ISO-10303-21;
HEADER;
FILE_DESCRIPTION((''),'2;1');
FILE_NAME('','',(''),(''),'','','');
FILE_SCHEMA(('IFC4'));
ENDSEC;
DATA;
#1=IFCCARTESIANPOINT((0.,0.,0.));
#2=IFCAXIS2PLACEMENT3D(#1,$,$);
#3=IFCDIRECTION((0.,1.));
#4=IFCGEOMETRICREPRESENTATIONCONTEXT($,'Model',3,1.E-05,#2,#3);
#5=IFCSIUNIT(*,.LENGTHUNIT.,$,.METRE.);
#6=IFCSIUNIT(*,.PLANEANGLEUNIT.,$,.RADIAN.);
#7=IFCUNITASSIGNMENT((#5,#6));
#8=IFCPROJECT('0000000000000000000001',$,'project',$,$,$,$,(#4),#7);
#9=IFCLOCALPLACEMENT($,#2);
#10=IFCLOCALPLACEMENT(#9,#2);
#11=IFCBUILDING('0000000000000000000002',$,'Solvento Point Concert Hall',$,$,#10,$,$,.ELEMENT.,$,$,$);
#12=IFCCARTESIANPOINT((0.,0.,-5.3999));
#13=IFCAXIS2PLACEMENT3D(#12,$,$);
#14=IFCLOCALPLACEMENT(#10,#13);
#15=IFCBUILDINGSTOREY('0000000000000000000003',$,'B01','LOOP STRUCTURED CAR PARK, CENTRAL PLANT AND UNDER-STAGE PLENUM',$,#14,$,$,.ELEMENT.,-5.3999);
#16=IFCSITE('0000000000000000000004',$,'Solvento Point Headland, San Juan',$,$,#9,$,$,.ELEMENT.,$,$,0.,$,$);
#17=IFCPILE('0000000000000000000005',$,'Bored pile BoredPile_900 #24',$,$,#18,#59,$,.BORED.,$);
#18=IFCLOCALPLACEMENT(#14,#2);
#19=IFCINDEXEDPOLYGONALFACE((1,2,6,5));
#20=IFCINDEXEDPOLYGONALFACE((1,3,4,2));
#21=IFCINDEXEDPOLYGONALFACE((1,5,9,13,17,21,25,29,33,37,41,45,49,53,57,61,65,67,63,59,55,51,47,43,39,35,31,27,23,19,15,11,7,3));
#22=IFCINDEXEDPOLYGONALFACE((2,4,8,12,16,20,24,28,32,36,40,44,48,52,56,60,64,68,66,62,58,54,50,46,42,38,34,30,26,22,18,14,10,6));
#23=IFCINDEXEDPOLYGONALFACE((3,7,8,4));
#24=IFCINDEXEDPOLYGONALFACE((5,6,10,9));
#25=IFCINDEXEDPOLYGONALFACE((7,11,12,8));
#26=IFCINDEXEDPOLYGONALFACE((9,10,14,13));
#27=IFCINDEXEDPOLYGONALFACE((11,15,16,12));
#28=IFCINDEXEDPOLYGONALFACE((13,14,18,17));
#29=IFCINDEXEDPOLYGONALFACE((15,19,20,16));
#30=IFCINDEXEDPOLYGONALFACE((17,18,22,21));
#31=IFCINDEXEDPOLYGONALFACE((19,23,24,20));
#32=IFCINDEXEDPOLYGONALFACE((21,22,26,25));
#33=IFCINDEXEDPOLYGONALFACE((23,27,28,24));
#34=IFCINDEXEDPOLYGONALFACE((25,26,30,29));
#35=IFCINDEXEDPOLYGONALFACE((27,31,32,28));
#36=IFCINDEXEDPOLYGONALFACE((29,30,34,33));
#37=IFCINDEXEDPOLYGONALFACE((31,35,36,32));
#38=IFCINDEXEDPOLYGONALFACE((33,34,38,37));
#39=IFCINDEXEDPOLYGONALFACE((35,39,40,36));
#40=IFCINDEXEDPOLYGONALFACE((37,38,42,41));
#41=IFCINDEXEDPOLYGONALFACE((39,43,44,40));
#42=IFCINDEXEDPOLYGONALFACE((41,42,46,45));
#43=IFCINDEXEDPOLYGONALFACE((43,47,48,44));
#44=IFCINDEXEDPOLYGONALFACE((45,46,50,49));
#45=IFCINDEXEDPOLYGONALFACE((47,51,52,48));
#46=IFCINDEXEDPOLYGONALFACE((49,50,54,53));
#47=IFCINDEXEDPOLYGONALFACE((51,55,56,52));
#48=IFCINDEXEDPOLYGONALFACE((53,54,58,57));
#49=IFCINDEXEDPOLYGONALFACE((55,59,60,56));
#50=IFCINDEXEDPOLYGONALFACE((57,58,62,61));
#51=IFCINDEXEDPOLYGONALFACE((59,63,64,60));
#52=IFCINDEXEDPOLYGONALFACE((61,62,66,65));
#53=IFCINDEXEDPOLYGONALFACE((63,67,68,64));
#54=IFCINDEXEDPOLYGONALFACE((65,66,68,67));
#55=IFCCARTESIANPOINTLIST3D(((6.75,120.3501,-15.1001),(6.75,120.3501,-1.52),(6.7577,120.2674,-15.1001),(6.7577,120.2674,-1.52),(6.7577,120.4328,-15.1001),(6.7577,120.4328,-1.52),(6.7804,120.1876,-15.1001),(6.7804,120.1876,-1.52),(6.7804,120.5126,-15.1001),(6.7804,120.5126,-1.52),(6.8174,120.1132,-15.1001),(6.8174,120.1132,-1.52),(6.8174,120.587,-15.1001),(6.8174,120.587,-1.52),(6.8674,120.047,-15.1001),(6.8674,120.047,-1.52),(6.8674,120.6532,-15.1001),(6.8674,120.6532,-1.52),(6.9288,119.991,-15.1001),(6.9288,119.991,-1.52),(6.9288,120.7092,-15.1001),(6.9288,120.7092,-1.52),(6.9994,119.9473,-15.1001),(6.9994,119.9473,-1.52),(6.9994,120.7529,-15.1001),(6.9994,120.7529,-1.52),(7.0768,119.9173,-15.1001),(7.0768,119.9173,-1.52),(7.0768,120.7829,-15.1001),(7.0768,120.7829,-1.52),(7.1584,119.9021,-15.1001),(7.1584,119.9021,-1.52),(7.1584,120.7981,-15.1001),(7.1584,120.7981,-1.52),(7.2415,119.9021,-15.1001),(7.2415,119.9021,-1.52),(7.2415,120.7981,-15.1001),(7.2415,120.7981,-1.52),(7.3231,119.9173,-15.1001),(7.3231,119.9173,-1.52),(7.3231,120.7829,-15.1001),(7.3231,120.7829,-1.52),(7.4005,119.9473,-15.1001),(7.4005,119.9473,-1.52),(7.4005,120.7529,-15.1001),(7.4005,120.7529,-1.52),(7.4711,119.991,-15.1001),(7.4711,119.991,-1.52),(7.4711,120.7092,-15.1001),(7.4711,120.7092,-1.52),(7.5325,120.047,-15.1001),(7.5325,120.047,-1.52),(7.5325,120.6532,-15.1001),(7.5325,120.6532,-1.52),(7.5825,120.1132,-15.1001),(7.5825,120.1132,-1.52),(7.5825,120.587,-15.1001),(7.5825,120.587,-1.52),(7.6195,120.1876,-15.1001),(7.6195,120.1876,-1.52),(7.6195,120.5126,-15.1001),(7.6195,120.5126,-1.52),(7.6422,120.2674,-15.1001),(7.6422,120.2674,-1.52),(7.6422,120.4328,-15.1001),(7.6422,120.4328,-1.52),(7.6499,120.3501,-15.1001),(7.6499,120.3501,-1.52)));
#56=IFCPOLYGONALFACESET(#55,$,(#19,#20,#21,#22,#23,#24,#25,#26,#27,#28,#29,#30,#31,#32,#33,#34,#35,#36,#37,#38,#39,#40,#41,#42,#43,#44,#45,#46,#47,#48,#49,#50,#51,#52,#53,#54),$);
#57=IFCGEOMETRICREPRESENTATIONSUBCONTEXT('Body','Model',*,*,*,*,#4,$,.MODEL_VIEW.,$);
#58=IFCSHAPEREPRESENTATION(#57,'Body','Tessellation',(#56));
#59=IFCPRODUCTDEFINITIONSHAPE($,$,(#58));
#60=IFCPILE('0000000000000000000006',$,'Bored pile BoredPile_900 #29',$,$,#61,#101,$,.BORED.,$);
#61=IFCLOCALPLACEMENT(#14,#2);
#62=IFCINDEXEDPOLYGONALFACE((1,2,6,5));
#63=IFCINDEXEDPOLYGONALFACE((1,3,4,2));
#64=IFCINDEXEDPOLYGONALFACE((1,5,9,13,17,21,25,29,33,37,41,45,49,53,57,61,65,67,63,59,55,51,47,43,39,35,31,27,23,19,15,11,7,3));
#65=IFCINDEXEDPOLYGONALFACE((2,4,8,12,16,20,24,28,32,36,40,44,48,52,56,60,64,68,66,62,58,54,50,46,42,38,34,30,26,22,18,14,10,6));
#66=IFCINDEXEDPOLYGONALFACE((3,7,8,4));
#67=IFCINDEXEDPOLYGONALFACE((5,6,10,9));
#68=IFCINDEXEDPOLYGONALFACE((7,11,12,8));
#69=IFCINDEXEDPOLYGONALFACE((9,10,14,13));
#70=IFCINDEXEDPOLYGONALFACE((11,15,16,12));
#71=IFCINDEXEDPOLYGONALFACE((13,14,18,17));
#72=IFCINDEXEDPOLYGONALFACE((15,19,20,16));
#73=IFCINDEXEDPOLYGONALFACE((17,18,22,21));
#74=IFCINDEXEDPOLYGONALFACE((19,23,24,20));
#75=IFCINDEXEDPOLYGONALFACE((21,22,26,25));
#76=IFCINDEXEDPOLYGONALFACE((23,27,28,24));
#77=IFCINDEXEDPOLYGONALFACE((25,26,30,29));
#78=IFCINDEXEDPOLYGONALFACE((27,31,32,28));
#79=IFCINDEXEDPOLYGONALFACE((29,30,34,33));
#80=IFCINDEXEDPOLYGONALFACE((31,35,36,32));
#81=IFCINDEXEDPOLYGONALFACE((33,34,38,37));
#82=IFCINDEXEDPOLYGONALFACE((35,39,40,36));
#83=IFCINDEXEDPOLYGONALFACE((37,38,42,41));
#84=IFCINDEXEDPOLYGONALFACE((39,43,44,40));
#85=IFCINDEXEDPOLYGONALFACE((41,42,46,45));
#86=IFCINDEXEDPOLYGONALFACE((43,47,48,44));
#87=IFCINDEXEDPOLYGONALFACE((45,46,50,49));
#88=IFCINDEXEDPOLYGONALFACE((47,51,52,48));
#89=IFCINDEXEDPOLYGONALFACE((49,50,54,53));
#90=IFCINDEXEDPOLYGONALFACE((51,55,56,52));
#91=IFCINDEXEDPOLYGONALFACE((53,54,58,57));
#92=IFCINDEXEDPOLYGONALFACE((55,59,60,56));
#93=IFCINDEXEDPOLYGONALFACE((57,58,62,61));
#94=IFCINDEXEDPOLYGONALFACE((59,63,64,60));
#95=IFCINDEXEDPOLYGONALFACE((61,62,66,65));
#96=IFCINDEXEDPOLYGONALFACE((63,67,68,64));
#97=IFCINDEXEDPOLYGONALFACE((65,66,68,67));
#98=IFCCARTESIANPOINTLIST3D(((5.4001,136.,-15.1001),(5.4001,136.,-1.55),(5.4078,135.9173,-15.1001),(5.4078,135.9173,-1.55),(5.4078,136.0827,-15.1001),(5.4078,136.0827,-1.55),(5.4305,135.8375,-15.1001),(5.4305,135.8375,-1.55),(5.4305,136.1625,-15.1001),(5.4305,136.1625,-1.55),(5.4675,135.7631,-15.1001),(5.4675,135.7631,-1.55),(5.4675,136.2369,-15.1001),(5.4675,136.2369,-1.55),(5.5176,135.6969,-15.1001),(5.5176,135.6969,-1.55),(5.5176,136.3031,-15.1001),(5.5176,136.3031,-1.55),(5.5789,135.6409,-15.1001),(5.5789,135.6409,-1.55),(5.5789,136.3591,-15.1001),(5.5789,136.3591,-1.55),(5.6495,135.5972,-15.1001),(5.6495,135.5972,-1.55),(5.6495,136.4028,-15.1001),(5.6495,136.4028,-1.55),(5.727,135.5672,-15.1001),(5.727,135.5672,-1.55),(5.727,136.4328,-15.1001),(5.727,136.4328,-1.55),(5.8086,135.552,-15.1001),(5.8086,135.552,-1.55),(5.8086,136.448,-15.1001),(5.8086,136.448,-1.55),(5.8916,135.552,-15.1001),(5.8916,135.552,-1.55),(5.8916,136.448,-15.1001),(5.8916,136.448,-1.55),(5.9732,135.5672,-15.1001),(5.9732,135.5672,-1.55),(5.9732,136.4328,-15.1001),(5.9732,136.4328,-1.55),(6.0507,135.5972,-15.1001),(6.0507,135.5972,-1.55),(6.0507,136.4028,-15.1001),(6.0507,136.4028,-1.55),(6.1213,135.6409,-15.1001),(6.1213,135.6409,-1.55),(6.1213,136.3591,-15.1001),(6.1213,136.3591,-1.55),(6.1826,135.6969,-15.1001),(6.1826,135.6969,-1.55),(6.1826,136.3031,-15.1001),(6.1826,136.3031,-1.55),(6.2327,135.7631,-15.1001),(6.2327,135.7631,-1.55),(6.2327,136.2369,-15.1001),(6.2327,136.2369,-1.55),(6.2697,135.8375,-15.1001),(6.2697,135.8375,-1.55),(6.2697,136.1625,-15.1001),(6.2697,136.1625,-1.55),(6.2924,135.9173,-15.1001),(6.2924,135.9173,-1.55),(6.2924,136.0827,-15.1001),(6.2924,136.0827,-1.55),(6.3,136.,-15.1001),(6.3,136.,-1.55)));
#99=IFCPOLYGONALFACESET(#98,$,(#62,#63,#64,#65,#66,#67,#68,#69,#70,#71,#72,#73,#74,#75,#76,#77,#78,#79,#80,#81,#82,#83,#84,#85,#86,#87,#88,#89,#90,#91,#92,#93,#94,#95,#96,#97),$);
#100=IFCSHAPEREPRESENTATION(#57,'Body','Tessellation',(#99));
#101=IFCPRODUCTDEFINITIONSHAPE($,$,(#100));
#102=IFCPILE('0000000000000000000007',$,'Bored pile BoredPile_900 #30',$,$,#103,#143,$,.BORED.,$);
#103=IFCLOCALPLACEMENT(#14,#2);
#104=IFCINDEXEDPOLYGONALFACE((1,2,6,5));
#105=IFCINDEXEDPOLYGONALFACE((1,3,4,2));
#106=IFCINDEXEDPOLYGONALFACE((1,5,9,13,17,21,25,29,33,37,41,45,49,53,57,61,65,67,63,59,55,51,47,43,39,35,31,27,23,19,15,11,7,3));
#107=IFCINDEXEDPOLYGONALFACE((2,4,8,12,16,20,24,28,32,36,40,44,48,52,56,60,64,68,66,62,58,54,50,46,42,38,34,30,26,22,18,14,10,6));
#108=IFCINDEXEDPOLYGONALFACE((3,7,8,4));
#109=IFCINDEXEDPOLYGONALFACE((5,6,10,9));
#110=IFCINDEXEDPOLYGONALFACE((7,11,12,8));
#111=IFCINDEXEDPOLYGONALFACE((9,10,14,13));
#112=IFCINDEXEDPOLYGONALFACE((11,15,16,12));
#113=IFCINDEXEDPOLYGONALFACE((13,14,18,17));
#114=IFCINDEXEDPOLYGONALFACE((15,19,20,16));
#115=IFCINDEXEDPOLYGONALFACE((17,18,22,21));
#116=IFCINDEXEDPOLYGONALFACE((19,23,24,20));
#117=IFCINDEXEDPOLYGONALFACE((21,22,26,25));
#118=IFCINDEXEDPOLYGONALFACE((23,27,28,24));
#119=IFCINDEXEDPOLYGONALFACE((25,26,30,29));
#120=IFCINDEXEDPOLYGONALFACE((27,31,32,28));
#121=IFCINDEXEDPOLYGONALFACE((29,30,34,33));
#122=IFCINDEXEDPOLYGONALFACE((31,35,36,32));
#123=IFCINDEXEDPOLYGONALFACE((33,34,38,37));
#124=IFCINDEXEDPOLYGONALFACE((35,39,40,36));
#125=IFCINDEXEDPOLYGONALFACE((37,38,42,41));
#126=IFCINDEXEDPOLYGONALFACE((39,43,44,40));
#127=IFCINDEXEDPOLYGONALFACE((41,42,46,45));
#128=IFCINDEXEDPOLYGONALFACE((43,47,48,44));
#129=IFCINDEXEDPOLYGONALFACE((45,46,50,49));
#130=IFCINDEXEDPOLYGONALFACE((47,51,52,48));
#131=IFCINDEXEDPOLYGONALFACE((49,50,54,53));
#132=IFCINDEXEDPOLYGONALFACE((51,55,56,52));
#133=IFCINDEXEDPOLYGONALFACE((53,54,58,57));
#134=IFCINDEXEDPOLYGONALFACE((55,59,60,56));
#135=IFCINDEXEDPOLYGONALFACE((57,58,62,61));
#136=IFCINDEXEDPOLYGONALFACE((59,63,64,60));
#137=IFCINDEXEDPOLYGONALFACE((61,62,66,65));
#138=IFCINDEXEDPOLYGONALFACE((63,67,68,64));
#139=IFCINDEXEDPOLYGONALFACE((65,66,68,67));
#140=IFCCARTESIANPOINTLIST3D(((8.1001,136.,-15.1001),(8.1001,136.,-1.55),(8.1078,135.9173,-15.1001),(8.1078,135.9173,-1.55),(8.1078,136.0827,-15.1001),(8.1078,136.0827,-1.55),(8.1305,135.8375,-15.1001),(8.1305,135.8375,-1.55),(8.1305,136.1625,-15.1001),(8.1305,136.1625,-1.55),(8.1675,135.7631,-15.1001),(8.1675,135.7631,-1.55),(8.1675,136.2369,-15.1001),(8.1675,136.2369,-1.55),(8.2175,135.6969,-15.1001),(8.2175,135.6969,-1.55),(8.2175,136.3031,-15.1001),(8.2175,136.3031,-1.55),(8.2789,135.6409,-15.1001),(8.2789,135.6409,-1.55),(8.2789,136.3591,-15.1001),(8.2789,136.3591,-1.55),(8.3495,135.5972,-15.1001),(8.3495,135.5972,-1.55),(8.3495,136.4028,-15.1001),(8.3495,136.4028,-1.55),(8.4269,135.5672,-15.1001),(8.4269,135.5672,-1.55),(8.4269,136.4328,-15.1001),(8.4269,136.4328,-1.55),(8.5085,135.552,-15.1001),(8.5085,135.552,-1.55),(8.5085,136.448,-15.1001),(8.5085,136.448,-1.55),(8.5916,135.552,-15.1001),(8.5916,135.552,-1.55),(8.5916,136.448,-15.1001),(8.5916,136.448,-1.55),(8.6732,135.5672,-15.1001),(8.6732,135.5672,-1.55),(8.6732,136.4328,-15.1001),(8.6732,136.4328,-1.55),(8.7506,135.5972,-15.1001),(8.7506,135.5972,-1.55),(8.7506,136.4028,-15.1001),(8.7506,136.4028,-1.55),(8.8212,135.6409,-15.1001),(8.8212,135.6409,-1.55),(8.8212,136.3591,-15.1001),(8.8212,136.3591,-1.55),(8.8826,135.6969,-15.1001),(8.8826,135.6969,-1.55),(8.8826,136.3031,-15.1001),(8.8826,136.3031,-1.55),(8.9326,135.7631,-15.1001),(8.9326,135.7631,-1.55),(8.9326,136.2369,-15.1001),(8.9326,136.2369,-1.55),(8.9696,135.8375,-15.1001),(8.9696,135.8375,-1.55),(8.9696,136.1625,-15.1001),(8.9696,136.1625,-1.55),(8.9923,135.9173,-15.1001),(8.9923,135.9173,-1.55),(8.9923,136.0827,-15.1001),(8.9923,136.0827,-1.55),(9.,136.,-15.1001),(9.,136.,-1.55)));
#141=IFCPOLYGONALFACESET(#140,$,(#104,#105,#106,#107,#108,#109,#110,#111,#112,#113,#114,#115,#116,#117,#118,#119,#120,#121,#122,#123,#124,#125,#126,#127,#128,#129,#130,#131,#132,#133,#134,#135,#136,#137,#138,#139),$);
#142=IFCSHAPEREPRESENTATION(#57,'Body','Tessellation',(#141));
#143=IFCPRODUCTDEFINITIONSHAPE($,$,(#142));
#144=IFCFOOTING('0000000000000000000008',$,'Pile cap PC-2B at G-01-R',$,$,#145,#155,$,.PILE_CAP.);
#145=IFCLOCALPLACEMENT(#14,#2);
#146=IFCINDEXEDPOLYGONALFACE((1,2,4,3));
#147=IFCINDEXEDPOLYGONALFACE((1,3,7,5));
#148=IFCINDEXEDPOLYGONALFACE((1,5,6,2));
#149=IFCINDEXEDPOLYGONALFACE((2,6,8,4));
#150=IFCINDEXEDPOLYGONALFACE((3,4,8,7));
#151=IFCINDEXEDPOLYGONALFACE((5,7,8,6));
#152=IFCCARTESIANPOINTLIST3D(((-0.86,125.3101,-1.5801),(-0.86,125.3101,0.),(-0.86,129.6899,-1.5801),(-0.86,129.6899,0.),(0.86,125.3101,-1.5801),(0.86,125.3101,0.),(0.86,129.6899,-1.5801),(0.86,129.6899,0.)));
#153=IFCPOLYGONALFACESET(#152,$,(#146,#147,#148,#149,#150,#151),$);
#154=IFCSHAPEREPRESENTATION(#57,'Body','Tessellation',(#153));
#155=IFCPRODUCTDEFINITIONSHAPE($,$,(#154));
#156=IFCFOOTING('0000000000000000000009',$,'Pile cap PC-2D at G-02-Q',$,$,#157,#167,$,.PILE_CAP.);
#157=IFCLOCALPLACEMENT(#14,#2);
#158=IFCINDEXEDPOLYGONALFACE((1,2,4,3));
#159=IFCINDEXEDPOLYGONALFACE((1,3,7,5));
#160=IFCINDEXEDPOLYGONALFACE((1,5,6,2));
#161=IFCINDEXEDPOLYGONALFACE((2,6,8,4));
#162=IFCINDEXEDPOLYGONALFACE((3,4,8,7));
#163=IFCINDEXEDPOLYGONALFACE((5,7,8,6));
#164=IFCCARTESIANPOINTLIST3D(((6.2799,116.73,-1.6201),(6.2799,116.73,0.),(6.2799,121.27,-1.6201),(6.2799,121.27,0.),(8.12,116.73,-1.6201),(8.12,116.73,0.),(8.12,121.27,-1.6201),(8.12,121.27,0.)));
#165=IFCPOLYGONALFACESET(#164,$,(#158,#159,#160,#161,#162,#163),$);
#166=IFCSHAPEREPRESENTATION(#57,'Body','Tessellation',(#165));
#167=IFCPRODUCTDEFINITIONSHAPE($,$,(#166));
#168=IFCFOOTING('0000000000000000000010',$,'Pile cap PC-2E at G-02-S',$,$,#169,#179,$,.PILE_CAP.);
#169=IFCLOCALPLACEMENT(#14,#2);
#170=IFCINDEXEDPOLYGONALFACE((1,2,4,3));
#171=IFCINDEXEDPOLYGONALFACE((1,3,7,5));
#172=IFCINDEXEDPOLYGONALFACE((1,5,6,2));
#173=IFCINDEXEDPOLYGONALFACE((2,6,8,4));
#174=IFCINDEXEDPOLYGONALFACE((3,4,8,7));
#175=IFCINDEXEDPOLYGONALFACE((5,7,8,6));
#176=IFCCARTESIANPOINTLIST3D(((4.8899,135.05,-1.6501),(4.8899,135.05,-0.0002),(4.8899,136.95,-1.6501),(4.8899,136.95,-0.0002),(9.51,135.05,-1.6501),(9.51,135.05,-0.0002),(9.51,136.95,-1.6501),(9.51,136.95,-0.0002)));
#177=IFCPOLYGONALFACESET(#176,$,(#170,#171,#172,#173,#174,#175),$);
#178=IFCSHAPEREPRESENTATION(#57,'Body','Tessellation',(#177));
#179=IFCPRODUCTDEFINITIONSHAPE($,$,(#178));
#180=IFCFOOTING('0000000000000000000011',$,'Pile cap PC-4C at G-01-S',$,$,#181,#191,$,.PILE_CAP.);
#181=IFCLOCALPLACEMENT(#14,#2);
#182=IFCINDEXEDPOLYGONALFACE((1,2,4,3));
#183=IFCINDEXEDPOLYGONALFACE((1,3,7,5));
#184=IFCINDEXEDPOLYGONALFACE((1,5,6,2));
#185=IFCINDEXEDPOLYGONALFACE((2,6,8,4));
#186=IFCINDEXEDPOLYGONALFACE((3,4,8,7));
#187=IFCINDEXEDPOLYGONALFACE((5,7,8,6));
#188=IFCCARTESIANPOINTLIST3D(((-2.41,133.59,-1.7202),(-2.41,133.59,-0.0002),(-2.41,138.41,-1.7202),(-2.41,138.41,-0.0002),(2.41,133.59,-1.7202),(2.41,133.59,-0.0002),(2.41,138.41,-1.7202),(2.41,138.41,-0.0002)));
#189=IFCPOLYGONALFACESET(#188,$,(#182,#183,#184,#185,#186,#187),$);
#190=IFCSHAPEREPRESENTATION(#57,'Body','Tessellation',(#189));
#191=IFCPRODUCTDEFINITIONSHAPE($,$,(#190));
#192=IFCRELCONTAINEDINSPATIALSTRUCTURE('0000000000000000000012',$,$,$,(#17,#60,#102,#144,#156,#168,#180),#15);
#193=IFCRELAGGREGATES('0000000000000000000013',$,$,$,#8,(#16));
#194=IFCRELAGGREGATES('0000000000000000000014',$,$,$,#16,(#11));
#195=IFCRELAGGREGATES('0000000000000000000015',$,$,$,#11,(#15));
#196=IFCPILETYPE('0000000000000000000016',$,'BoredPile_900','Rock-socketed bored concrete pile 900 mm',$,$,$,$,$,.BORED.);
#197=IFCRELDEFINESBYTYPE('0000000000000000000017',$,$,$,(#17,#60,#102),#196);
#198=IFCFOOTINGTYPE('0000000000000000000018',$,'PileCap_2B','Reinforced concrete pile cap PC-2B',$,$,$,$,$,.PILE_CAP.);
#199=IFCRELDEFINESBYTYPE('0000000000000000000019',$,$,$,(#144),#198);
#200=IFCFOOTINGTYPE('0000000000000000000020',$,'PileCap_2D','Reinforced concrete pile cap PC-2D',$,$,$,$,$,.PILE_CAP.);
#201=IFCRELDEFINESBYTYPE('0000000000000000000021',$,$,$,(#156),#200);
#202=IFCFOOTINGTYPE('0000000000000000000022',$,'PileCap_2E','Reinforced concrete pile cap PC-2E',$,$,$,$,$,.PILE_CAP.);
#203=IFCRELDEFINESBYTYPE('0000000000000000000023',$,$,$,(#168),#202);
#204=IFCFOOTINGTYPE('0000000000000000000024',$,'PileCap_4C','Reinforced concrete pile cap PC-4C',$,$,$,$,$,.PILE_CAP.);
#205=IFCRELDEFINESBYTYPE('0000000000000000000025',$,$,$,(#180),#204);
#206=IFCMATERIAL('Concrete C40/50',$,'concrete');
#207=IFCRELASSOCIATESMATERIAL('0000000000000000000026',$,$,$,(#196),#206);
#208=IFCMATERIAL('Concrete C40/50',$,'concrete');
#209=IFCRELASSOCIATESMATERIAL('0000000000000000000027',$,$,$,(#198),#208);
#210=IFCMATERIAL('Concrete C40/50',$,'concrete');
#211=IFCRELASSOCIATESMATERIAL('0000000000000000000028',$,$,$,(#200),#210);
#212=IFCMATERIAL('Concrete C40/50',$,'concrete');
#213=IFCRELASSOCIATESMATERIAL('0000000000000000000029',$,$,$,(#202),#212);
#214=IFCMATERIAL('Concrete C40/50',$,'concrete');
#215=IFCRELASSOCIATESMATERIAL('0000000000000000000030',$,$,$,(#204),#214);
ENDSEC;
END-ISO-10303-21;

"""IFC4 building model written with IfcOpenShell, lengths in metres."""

from ifc_helpers import new_model, si_unit, direction, frame, origin, origin_2d, place, context, subcontext, project, spatial, rectangle, circle, extrude, material, material_profile, profile_set, type_object, element, save


model = new_model("IFC4")

# Units and contexts
model_context = context("Model", 3, precision=1e-05, world=origin(), true_north=direction((0.0, 1.0)))
body_context = subcontext(model_context, "Body", "Model", "MODEL_VIEW")
ifc_project = project(units=[si_unit("LENGTHUNIT", "METRE"), si_unit("PLANEANGLEUNIT", "RADIAN")], contexts=[model_context])

# Site, building, storey
site_placement = place(None, origin())
site = spatial("IfcSite", under=ifc_project, at=site_placement, Name="Solvento Point Headland, San Juan", CompositionType="ELEMENT", RefElevation=0.0)
building_placement = place(site_placement, origin())
building = spatial("IfcBuilding", under=site, at=building_placement, Name="Solvento Point Concert Hall", CompositionType="ELEMENT")
storey_placement = place(building_placement, frame((0.0, 0.0, -5.3999)))
storey = spatial("IfcBuildingStorey", under=building, at=storey_placement, Name="B01", Description="LOOP STRUCTURED CAR PARK, CENTRAL PLANT AND UNDER-STAGE PLENUM", CompositionType="ELEMENT", Elevation=-5.3999)

# Piles
ifc_material_1 = material(Name="Concrete C40/50", Category="concrete")
ifc_material_profile_1 = material_profile(ifc_material_1, circle(Radius=0.45, at=origin_2d()), Name="BP-900")
ifc_profile_set_1 = profile_set([ifc_material_profile_1], Name="Concrete C40/50")
pile_type_1 = type_object("IfcPileType", Name="BoredPile_900", Description="Rock-socketed bored concrete pile 900 mm", PredefinedType="BORED", material=ifc_profile_set_1)
pile_placement = place(storey_placement, frame((7.2, 120.3501, -1.52), z_axis=(0.0, 0.0, -1.0), x_axis=(1.0, 0.0, 0.0)))
element("IfcPile", 1, at=pile_placement, inside=storey, type_object=pile_type_1, Name="Bored pile BoredPile_900 #24", PredefinedType="BORED", context=body_context, shape_type="SweptSolid", body=[
    extrude(circle(Radius=0.45, at=origin_2d()), origin(), (0.0, 0.0, 1.0), 13.5801),
])
for number, where, z_axis, x_axis, name in (
    (2, (5.8501, 136.0, -1.55), (0.0, 0.0, -1.0), (1.0, 0.0, 0.0), "Bored pile BoredPile_900 #29"),
    (3, (8.55, 136.0, -1.55), (0.0, 0.0, -1.0), (1.0, 0.0, 0.0), "Bored pile BoredPile_900 #30"),
):
    element("IfcPile", number, at=place(storey_placement, frame(where, z_axis=z_axis, x_axis=x_axis)), inside=storey, type_object=pile_type_1, Name=name, PredefinedType="BORED", context=body_context, shape_type="SweptSolid", body=[
        extrude(circle(Radius=0.45, at=origin_2d()), origin(), (0.0, 0.0, 1.0), 13.55),
    ])

# Footings
ifc_material_2 = material(Name="Concrete C40/50", Category="concrete")
footing_type_1 = type_object("IfcFootingType", Name="PileCap_2B", Description="Reinforced concrete pile cap PC-2B", PredefinedType="PILE_CAP", material=ifc_material_2)
footing_1_placement = place(storey_placement, frame((0.0, 127.5, -1.5801), z_axis=(0.0, 0.0, 1.0), x_axis=(1.0, 0.0, 0.0)))
element("IfcFooting", 4, at=footing_1_placement, inside=storey, type_object=footing_type_1, Name="Pile cap PC-2B at G-01-R", PredefinedType="PILE_CAP", context=body_context, shape_type="SweptSolid", body=[
    extrude(rectangle(XDim=1.72, YDim=4.3799, at=origin_2d()), origin(), (0.0, 0.0, 1.0), 1.5801),
])
ifc_material_3 = material(Name="Concrete C40/50", Category="concrete")
footing_type_2 = type_object("IfcFootingType", Name="PileCap_2D", Description="Reinforced concrete pile cap PC-2D", PredefinedType="PILE_CAP", material=ifc_material_3)
footing_2_placement = place(storey_placement, frame((7.2, 119.0, -1.6201), z_axis=(0.0, 0.0, 1.0), x_axis=(1.0, 0.0, 0.0)))
element("IfcFooting", 5, at=footing_2_placement, inside=storey, type_object=footing_type_2, Name="Pile cap PC-2D at G-02-Q", PredefinedType="PILE_CAP", context=body_context, shape_type="SweptSolid", body=[
    extrude(rectangle(XDim=1.8401, YDim=4.54, at=origin_2d()), origin(), (0.0, 0.0, 1.0), 1.6201),
])
ifc_material_4 = material(Name="Concrete C40/50", Category="concrete")
footing_type_3 = type_object("IfcFootingType", Name="PileCap_2E", Description="Reinforced concrete pile cap PC-2E", PredefinedType="PILE_CAP", material=ifc_material_4)
footing_3_placement = place(storey_placement, frame((7.2, 136.0, -1.6501), z_axis=(0.0, 0.0, 1.0), x_axis=(1.0, 0.0, 0.0)))
element("IfcFooting", 6, at=footing_3_placement, inside=storey, type_object=footing_type_3, Name="Pile cap PC-2E at G-02-S", PredefinedType="PILE_CAP", context=body_context, shape_type="SweptSolid", body=[
    extrude(rectangle(XDim=4.6201, YDim=1.8999, at=origin_2d()), origin(), (0.0, 0.0, 1.0), 1.6499),
])
ifc_material_5 = material(Name="Concrete C40/50", Category="concrete")
footing_type_4 = type_object("IfcFootingType", Name="PileCap_4C", Description="Reinforced concrete pile cap PC-4C", PredefinedType="PILE_CAP", material=ifc_material_5)
footing_4_placement = place(storey_placement, frame((0.0, 136.0, -1.7202), z_axis=(0.0, 0.0, 1.0), x_axis=(1.0, 0.0, 0.0)))
element("IfcFooting", 7, at=footing_4_placement, inside=storey, type_object=footing_type_4, Name="Pile cap PC-4C at G-01-S", PredefinedType="PILE_CAP", context=body_context, shape_type="SweptSolid", body=[
    extrude(rectangle(XDim=4.8201, YDim=4.8201, at=origin_2d()), origin(), (0.0, 0.0, 1.0), 1.72),
])

save(model, "model.ifc")
